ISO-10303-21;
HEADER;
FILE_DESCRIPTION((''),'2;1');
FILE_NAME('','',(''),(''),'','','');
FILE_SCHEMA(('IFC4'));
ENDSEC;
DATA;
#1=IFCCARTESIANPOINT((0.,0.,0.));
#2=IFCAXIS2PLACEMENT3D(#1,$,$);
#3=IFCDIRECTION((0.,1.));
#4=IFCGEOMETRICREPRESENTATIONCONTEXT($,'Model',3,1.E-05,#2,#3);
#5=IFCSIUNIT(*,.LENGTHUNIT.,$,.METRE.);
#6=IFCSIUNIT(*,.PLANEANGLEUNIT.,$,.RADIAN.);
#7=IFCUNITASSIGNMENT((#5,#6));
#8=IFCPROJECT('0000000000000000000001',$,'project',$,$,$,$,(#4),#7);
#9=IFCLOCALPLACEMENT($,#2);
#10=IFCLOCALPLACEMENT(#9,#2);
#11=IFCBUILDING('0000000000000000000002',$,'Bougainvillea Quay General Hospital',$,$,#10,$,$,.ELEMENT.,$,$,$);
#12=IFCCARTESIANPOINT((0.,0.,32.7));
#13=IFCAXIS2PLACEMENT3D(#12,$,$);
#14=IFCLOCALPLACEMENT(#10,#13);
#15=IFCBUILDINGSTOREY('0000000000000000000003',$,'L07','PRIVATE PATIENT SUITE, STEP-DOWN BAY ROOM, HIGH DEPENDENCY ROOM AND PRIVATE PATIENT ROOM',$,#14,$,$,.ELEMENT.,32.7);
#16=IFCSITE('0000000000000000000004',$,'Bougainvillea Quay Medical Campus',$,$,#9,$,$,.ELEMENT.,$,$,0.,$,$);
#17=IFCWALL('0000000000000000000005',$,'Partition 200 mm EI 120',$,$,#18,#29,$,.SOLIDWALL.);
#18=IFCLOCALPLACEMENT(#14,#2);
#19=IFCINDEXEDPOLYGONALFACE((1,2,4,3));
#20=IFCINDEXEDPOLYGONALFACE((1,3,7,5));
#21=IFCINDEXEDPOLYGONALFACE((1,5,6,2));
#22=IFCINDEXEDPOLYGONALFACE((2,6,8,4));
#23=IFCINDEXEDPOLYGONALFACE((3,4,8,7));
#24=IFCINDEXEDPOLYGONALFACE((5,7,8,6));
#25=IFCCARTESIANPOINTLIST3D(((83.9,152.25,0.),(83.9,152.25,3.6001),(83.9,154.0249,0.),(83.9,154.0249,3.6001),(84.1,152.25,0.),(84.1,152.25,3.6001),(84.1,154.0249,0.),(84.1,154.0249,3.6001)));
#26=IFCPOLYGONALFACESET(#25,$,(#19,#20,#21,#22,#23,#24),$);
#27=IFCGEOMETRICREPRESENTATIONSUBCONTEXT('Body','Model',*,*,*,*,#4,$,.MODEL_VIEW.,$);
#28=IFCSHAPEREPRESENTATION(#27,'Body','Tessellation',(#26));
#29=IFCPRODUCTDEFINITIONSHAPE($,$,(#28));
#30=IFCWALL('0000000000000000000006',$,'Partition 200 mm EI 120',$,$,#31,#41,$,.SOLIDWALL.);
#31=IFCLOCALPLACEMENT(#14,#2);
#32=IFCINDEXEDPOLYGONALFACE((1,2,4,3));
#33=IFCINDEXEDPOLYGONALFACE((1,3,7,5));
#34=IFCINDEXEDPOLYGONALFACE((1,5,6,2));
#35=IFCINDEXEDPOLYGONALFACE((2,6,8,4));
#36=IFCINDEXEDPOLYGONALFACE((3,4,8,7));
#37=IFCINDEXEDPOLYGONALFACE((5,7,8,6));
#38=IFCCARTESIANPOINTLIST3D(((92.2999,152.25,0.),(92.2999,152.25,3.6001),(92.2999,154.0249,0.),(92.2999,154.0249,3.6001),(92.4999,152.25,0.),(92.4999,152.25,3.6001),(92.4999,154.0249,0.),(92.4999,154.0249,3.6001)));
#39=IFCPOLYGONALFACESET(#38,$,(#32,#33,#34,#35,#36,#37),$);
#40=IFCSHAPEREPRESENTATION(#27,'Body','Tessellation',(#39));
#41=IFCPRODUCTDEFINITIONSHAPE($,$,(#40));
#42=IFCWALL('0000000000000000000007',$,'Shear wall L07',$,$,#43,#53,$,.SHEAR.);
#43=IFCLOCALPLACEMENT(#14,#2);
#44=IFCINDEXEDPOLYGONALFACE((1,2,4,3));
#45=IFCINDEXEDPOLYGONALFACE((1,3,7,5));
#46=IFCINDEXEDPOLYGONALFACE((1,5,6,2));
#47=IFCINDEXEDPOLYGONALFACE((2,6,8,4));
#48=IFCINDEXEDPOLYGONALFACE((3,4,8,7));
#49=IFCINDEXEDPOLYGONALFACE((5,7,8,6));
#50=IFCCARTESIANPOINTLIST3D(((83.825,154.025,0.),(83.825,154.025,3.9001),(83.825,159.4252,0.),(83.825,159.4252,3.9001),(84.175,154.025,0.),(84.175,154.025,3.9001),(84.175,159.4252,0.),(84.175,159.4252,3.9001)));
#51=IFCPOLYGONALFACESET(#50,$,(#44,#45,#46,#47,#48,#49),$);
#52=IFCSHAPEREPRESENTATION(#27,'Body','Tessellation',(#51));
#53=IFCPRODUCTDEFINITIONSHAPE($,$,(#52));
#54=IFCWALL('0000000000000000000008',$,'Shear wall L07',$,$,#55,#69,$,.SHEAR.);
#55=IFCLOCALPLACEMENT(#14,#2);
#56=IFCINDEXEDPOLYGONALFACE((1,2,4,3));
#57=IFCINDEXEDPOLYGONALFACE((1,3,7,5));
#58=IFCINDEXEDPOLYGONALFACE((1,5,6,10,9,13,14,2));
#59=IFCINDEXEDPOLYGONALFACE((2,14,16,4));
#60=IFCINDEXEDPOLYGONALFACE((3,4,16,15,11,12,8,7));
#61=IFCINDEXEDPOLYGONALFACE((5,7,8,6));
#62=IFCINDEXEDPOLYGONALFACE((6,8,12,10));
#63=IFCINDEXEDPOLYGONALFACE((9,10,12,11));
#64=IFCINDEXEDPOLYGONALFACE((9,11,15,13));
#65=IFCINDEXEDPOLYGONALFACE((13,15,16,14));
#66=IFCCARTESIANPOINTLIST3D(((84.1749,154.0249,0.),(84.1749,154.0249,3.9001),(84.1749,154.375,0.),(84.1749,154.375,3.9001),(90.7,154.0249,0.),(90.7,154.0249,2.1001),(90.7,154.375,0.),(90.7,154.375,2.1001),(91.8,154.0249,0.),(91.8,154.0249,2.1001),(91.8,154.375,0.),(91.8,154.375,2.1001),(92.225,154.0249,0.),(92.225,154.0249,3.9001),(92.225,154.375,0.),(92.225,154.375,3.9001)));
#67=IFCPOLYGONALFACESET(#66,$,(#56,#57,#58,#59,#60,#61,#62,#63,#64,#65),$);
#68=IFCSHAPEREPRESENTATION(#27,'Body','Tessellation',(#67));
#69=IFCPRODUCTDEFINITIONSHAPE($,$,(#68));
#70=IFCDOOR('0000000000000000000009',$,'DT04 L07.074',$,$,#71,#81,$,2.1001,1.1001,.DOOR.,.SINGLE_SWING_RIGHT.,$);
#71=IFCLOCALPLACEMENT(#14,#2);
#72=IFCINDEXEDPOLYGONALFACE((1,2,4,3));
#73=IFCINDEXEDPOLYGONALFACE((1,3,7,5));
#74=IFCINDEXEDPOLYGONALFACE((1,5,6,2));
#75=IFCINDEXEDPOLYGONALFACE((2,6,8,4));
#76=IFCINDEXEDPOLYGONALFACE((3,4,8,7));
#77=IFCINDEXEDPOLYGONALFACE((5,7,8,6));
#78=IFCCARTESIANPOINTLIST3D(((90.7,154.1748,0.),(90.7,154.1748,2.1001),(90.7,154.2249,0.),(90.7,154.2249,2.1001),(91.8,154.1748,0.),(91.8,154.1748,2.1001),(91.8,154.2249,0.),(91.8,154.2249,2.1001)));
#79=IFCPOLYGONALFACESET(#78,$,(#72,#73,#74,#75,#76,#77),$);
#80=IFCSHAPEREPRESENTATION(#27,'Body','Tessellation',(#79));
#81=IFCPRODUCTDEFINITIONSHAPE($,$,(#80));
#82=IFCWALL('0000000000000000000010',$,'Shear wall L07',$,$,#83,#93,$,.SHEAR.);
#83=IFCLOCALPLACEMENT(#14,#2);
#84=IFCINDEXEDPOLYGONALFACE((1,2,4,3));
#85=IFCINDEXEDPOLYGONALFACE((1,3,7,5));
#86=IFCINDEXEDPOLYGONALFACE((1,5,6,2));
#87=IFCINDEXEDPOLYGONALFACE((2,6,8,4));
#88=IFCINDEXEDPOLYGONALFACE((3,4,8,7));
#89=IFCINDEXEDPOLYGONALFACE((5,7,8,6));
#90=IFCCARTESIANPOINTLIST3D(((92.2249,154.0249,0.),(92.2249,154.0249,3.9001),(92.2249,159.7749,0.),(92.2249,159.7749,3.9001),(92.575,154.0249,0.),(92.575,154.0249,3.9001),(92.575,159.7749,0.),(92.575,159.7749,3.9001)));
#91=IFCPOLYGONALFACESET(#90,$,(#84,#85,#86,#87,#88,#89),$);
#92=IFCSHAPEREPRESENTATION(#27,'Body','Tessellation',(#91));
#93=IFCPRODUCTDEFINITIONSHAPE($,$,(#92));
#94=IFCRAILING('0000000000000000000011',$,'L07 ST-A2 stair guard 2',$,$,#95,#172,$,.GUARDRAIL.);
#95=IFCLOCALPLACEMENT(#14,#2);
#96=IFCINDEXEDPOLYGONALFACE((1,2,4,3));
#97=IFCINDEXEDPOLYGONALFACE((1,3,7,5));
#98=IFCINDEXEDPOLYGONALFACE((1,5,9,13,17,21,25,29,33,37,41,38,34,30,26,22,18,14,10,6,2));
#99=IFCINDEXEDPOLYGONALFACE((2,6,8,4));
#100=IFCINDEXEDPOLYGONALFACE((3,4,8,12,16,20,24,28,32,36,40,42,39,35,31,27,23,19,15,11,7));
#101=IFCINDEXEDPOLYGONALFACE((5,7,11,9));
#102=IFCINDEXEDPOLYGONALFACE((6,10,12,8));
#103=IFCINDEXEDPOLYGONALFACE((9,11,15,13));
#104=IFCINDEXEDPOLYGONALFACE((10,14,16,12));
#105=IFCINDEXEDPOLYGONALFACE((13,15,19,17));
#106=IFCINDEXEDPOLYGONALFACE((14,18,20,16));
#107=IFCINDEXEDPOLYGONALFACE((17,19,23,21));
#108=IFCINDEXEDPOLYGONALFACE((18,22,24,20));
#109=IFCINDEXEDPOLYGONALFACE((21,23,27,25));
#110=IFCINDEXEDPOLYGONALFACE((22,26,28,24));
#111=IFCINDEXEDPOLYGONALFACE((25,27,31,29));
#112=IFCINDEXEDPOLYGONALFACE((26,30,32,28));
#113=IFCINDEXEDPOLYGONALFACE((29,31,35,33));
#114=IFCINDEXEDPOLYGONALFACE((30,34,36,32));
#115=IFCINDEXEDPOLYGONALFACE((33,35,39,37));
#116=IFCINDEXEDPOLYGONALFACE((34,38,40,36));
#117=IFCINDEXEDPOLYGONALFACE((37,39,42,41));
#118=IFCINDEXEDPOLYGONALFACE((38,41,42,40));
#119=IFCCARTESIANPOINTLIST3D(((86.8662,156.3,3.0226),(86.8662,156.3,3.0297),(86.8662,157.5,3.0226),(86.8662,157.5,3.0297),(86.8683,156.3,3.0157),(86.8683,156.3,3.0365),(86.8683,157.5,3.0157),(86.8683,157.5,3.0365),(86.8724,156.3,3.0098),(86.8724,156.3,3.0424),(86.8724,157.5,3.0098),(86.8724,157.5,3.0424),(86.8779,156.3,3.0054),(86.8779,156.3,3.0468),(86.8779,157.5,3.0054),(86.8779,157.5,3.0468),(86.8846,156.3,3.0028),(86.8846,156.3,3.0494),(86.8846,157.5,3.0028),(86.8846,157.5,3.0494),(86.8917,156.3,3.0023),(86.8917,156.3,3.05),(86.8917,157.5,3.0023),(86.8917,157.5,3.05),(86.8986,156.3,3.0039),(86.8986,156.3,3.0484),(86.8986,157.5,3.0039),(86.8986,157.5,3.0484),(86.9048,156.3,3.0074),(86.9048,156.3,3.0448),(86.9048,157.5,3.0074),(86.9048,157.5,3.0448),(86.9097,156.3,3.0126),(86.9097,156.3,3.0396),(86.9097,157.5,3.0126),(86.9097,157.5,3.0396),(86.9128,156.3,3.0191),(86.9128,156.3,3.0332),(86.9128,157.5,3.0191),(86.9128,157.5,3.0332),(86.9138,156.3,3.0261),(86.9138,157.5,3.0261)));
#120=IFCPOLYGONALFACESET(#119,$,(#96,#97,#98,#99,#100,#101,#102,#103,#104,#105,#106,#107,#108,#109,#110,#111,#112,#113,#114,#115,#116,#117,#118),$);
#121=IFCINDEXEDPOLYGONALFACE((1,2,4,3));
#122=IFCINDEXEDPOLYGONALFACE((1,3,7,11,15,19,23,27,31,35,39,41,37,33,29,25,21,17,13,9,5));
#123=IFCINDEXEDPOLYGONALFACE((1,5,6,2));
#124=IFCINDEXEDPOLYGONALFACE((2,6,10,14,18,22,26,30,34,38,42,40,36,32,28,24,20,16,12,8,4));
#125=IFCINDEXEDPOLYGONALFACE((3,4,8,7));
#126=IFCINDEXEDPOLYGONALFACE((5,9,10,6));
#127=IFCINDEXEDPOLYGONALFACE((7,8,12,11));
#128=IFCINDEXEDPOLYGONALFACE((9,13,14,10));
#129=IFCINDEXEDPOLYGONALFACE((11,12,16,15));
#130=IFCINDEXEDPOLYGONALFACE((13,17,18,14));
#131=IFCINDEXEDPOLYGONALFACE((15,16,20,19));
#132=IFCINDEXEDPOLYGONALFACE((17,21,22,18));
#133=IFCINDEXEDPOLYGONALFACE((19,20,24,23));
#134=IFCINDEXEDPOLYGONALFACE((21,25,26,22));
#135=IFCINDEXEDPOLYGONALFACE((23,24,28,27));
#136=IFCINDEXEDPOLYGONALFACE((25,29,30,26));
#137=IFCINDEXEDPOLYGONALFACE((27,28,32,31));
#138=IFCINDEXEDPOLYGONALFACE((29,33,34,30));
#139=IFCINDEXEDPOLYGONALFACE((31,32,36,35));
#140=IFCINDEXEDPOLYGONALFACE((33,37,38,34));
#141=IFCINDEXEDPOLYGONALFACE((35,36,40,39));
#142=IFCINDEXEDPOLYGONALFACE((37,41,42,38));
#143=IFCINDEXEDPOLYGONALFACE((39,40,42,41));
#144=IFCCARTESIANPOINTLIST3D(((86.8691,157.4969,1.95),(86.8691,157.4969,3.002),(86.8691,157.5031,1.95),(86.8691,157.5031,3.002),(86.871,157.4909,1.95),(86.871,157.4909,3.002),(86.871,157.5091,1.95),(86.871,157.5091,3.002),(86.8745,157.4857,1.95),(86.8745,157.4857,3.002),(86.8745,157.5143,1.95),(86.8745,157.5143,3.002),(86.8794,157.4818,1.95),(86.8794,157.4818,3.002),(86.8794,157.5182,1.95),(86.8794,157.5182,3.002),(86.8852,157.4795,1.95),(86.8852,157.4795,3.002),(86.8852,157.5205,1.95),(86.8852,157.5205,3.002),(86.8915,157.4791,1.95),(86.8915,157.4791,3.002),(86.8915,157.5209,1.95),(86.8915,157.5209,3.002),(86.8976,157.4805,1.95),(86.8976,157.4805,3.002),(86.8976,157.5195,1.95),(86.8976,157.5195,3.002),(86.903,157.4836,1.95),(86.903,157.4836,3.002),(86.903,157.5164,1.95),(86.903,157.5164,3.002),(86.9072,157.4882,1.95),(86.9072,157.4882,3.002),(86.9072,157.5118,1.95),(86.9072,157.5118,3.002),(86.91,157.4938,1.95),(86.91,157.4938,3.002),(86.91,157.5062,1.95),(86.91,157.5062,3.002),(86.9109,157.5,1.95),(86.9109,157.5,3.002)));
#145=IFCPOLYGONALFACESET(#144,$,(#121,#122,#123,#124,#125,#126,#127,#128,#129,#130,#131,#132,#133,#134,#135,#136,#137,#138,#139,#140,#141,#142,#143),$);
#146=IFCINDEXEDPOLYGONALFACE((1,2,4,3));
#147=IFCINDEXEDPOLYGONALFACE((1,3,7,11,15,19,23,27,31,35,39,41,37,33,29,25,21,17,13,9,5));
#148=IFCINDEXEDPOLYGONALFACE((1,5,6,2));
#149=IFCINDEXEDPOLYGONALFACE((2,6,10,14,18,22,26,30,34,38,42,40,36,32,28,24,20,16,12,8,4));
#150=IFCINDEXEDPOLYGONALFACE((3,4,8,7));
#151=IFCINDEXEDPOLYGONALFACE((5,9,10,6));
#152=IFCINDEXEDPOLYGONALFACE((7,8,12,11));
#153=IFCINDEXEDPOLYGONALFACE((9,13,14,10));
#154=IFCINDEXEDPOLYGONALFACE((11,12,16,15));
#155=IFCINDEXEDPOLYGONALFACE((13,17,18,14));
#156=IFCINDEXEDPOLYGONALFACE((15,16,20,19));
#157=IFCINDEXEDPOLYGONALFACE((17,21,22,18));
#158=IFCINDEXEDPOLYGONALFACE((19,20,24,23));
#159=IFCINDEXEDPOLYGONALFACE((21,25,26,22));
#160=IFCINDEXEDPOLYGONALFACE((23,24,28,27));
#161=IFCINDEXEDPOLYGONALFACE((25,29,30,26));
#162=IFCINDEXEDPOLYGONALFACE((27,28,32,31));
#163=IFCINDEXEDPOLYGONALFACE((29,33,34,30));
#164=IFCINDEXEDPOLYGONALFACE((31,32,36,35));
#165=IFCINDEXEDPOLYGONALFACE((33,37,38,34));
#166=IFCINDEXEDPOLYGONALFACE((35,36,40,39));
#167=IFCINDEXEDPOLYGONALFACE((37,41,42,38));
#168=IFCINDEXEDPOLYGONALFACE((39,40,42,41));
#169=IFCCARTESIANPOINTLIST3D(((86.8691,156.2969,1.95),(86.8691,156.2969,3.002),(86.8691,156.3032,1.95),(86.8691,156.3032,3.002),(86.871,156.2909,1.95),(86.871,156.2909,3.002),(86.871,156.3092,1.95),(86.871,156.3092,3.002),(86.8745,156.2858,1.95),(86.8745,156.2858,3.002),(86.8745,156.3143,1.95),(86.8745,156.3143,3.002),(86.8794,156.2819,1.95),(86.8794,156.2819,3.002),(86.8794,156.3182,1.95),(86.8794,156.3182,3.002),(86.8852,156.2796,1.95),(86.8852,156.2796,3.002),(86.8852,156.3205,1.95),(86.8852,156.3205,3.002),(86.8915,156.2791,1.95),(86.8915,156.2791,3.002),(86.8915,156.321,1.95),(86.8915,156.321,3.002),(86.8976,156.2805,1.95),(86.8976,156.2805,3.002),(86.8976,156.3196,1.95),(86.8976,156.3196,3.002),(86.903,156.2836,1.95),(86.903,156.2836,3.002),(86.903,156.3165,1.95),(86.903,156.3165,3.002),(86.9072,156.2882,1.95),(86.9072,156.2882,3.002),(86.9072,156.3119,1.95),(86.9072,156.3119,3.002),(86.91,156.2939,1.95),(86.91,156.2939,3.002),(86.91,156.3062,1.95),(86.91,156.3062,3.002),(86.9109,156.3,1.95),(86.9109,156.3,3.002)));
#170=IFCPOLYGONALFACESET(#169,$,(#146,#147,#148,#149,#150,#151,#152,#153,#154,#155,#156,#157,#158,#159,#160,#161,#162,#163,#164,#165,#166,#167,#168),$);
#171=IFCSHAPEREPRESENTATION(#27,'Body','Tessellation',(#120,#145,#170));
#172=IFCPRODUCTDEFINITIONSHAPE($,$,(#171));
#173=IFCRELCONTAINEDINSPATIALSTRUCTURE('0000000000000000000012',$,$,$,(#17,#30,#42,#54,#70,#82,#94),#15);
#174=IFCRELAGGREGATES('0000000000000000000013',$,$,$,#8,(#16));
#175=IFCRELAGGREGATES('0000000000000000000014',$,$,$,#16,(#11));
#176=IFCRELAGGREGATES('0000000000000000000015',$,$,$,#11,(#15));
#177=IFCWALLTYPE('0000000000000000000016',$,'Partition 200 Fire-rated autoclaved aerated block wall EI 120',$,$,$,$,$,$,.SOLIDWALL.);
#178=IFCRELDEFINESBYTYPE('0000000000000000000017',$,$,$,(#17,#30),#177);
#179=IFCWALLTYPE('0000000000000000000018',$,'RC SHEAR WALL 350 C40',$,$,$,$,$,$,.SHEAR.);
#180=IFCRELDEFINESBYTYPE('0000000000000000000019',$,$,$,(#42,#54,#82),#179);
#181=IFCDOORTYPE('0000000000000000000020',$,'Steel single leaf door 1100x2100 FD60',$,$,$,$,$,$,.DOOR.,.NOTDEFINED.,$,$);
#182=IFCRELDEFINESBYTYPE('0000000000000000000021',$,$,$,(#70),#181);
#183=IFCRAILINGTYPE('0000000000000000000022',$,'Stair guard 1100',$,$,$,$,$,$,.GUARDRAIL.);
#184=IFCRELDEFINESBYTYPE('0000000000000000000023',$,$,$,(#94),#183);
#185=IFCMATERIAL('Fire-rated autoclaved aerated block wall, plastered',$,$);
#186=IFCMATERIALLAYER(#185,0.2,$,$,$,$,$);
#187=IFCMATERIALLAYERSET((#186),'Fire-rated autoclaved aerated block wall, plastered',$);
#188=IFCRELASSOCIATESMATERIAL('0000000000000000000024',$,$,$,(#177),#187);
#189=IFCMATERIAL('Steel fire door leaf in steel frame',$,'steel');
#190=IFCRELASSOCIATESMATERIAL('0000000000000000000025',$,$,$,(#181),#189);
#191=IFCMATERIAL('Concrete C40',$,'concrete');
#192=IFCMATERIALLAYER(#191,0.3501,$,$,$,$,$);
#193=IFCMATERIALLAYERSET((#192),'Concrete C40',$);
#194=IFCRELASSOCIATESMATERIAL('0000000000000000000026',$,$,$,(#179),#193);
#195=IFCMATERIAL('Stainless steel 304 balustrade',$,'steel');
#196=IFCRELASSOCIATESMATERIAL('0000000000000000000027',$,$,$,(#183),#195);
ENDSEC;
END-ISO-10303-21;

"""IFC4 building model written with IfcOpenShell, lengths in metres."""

from ifc_helpers import new_model, si_unit, direction, frame, frame_2d, origin, origin_2d, place, context, subcontext, project, spatial, rectangle, circle, extrude, material, layer, layer_set, type_object, element, fill, save


model = new_model("IFC4")

# Units and contexts
model_context = context("Model", 3, precision=1e-05, world=origin(), true_north=direction((0.0, 1.0)))
body_context = subcontext(model_context, "Body", "Model", "MODEL_VIEW")
ifc_project = project(units=[si_unit("LENGTHUNIT", "METRE"), si_unit("PLANEANGLEUNIT", "RADIAN")], contexts=[model_context])

# Site, building, storey
site_placement = place(None, origin())
site = spatial("IfcSite", under=ifc_project, at=site_placement, Name="Bougainvillea Quay Medical Campus", CompositionType="ELEMENT", RefElevation=0.0)
building_placement = place(site_placement, origin())
building = spatial("IfcBuilding", under=site, at=building_placement, Name="Bougainvillea Quay General Hospital", CompositionType="ELEMENT")
storey_placement = place(building_placement, frame((0.0, 0.0, 32.7)))
storey = spatial("IfcBuildingStorey", under=building, at=storey_placement, Name="L07", Description="PRIVATE PATIENT SUITE, STEP-DOWN BAY ROOM, HIGH DEPENDENCY ROOM AND PRIVATE PATIENT ROOM", CompositionType="ELEMENT", Elevation=32.7)

# Shared definitions
ifc_material_1 = material(Name="Concrete C40", Category="concrete")

# Shared definitions
ifc_material_2 = material(Name="Fire-rated autoclaved aerated block wall, plastered")
ifc_layer_1 = layer(ifc_material_2, 0.2)
ifc_layer_set_1 = layer_set([ifc_layer_1], Name="Fire-rated autoclaved aerated block wall, plastered")
wall_type_1 = type_object("IfcWallType", Name="Partition 200 Fire-rated autoclaved aerated block wall EI 120", PredefinedType="SOLIDWALL", material=ifc_layer_set_1)
ifc_material_3 = material(Name="Steel fire door leaf in steel frame", Category="steel")
door_type_1 = type_object("IfcDoorType", Name="Steel single leaf door 1100x2100 FD60", OperationType="NOTDEFINED", PredefinedType="DOOR", material=ifc_material_3)

# Walls
for number, where, z_axis, x_axis, name in (
    (1, (84.0, 152.25, 0.0), (0.0, 0.0, 1.0), (0.0, 1.0, 0.0), "Partition 200 mm EI 120"),
    (2, (92.3999, 152.25, 0.0), (0.0, 0.0, 1.0), (0.0, 1.0, 0.0), "Partition 200 mm EI 120"),
):
    element("IfcWall", number, at=place(storey_placement, frame(where, z_axis=z_axis, x_axis=x_axis)), inside=storey, type_object=wall_type_1, Name=name, PredefinedType="SOLIDWALL", context=body_context, shape_type="SweptSolid", body=[
        extrude(rectangle(XDim=1.7749, YDim=0.2, at=frame_2d((0.8875, 0.0))), origin(), (0.0, 0.0, 1.0), 3.6001),
    ])
ifc_layer_2 = layer(ifc_material_1, 0.3501)
ifc_layer_set_2 = layer_set([ifc_layer_2], Name="Concrete C40")
wall_type_2 = type_object("IfcWallType", Name="RC SHEAR WALL 350 C40", PredefinedType="SHEAR", material=ifc_layer_set_2)
wall_1_placement = place(storey_placement, frame((84.0, 154.0249, 0.0), z_axis=(0.0, 0.0, 1.0), x_axis=(0.0, 1.0, 0.0)))
element("IfcWall", 3, at=wall_1_placement, inside=storey, type_object=wall_type_2, Name="Shear wall L07", PredefinedType="SHEAR", context=body_context, shape_type="SweptSolid", body=[
    extrude(rectangle(XDim=5.4001, YDim=0.3501, at=frame_2d((2.7002, 0.0))), origin(), (0.0, 0.0, 1.0), 3.9001),
])

# Wall, opening, door
wall_2_placement = place(storey_placement, frame((84.175, 154.2, 0.0), z_axis=(0.0, 0.0, 1.0), x_axis=(1.0, 0.0, 0.0)))
wall_2 = element("IfcWall", 4, at=wall_2_placement, inside=storey, type_object=wall_type_2, Name="Shear wall L07", PredefinedType="SHEAR", context=body_context, shape_type="SweptSolid", body=[
    extrude(rectangle(XDim=8.05, YDim=0.3501, at=frame_2d((4.0249, 0.0))), origin(), (0.0, 0.0, 1.0), 3.9001),
])
opening_1_placement = place(wall_2_placement, frame((6.5249, 0.0, 0.0)))
opening_1 = element("IfcOpeningElement", 5, at=opening_1_placement, cuts=wall_2, PredefinedType="OPENING", context=body_context, shape_type="SweptSolid", body=[
    extrude(rectangle(XDim=1.1001, YDim=2.1001, at=frame_2d((0.55, 1.05))), frame((0.0, 0.1851, 0.0), z_axis=(0.0, -1.0, 0.0), x_axis=(1.0, 0.0, 0.0)), (0.0, 0.0, 1.0), 0.3701),
])
door_1_placement = place(opening_1_placement, origin())
door_1 = element("IfcDoor", 6, at=door_1_placement, inside=storey, type_object=door_type_1, Name="DT04 L07.074", OperationType="SINGLE_SWING_RIGHT", OverallHeight=2.1001, OverallWidth=1.1001, PredefinedType="DOOR", context=body_context, shape_type="SweptSolid", body=[
    extrude(rectangle(XDim=1.1001, YDim=2.1001, at=frame_2d((0.55, 1.05))), frame((0.0, 0.0249, 0.0), z_axis=(0.0, -1.0, 0.0), x_axis=(1.0, 0.0, 0.0)), (0.0, 0.0, 1.0), 0.05),
])
fill(opening_1, door_1)

# Wall
wall_3_placement = place(storey_placement, frame((92.3999, 154.0249, 0.0), z_axis=(0.0, 0.0, 1.0), x_axis=(0.0, 1.0, 0.0)))
element("IfcWall", 7, at=wall_3_placement, inside=storey, type_object=wall_type_2, Name="Shear wall L07", PredefinedType="SHEAR", context=body_context, shape_type="SweptSolid", body=[
    extrude(rectangle(XDim=5.75, YDim=0.3501, at=frame_2d((2.875, 0.0))), origin(), (0.0, 0.0, 1.0), 3.9001),
])

# Railing
ifc_material_4 = material(Name="Stainless steel 304 balustrade", Category="steel")
railing_type_1 = type_object("IfcRailingType", Name="Stair guard 1100", PredefinedType="GUARDRAIL", material=ifc_material_4)
railing_1_placement = place(storey_placement, frame((86.8899, 157.5, 1.95)))
element("IfcRailing", 8, at=railing_1_placement, inside=storey, type_object=railing_type_1, Name="L07 ST-A2 stair guard 2", PredefinedType="GUARDRAIL", context=body_context, shape_type="SweptSolid", body=[
    extrude(circle(Radius=0.0239, at=origin_2d()), frame((0.0, 0.0, 1.0762), z_axis=(0.0, -1.0, 0.0), x_axis=(1.0, 0.0, 0.0)), (0.0, 0.0, 1.0), 1.2),
    extrude(circle(Radius=0.021, at=origin_2d()), origin(), (0.0, 0.0, 1.0), 1.052),
    extrude(circle(Radius=0.021, at=origin_2d()), frame((0.0, -1.2, 0.0)), (0.0, 0.0, 1.0), 1.052),
])

save(model, "model.ifc")
